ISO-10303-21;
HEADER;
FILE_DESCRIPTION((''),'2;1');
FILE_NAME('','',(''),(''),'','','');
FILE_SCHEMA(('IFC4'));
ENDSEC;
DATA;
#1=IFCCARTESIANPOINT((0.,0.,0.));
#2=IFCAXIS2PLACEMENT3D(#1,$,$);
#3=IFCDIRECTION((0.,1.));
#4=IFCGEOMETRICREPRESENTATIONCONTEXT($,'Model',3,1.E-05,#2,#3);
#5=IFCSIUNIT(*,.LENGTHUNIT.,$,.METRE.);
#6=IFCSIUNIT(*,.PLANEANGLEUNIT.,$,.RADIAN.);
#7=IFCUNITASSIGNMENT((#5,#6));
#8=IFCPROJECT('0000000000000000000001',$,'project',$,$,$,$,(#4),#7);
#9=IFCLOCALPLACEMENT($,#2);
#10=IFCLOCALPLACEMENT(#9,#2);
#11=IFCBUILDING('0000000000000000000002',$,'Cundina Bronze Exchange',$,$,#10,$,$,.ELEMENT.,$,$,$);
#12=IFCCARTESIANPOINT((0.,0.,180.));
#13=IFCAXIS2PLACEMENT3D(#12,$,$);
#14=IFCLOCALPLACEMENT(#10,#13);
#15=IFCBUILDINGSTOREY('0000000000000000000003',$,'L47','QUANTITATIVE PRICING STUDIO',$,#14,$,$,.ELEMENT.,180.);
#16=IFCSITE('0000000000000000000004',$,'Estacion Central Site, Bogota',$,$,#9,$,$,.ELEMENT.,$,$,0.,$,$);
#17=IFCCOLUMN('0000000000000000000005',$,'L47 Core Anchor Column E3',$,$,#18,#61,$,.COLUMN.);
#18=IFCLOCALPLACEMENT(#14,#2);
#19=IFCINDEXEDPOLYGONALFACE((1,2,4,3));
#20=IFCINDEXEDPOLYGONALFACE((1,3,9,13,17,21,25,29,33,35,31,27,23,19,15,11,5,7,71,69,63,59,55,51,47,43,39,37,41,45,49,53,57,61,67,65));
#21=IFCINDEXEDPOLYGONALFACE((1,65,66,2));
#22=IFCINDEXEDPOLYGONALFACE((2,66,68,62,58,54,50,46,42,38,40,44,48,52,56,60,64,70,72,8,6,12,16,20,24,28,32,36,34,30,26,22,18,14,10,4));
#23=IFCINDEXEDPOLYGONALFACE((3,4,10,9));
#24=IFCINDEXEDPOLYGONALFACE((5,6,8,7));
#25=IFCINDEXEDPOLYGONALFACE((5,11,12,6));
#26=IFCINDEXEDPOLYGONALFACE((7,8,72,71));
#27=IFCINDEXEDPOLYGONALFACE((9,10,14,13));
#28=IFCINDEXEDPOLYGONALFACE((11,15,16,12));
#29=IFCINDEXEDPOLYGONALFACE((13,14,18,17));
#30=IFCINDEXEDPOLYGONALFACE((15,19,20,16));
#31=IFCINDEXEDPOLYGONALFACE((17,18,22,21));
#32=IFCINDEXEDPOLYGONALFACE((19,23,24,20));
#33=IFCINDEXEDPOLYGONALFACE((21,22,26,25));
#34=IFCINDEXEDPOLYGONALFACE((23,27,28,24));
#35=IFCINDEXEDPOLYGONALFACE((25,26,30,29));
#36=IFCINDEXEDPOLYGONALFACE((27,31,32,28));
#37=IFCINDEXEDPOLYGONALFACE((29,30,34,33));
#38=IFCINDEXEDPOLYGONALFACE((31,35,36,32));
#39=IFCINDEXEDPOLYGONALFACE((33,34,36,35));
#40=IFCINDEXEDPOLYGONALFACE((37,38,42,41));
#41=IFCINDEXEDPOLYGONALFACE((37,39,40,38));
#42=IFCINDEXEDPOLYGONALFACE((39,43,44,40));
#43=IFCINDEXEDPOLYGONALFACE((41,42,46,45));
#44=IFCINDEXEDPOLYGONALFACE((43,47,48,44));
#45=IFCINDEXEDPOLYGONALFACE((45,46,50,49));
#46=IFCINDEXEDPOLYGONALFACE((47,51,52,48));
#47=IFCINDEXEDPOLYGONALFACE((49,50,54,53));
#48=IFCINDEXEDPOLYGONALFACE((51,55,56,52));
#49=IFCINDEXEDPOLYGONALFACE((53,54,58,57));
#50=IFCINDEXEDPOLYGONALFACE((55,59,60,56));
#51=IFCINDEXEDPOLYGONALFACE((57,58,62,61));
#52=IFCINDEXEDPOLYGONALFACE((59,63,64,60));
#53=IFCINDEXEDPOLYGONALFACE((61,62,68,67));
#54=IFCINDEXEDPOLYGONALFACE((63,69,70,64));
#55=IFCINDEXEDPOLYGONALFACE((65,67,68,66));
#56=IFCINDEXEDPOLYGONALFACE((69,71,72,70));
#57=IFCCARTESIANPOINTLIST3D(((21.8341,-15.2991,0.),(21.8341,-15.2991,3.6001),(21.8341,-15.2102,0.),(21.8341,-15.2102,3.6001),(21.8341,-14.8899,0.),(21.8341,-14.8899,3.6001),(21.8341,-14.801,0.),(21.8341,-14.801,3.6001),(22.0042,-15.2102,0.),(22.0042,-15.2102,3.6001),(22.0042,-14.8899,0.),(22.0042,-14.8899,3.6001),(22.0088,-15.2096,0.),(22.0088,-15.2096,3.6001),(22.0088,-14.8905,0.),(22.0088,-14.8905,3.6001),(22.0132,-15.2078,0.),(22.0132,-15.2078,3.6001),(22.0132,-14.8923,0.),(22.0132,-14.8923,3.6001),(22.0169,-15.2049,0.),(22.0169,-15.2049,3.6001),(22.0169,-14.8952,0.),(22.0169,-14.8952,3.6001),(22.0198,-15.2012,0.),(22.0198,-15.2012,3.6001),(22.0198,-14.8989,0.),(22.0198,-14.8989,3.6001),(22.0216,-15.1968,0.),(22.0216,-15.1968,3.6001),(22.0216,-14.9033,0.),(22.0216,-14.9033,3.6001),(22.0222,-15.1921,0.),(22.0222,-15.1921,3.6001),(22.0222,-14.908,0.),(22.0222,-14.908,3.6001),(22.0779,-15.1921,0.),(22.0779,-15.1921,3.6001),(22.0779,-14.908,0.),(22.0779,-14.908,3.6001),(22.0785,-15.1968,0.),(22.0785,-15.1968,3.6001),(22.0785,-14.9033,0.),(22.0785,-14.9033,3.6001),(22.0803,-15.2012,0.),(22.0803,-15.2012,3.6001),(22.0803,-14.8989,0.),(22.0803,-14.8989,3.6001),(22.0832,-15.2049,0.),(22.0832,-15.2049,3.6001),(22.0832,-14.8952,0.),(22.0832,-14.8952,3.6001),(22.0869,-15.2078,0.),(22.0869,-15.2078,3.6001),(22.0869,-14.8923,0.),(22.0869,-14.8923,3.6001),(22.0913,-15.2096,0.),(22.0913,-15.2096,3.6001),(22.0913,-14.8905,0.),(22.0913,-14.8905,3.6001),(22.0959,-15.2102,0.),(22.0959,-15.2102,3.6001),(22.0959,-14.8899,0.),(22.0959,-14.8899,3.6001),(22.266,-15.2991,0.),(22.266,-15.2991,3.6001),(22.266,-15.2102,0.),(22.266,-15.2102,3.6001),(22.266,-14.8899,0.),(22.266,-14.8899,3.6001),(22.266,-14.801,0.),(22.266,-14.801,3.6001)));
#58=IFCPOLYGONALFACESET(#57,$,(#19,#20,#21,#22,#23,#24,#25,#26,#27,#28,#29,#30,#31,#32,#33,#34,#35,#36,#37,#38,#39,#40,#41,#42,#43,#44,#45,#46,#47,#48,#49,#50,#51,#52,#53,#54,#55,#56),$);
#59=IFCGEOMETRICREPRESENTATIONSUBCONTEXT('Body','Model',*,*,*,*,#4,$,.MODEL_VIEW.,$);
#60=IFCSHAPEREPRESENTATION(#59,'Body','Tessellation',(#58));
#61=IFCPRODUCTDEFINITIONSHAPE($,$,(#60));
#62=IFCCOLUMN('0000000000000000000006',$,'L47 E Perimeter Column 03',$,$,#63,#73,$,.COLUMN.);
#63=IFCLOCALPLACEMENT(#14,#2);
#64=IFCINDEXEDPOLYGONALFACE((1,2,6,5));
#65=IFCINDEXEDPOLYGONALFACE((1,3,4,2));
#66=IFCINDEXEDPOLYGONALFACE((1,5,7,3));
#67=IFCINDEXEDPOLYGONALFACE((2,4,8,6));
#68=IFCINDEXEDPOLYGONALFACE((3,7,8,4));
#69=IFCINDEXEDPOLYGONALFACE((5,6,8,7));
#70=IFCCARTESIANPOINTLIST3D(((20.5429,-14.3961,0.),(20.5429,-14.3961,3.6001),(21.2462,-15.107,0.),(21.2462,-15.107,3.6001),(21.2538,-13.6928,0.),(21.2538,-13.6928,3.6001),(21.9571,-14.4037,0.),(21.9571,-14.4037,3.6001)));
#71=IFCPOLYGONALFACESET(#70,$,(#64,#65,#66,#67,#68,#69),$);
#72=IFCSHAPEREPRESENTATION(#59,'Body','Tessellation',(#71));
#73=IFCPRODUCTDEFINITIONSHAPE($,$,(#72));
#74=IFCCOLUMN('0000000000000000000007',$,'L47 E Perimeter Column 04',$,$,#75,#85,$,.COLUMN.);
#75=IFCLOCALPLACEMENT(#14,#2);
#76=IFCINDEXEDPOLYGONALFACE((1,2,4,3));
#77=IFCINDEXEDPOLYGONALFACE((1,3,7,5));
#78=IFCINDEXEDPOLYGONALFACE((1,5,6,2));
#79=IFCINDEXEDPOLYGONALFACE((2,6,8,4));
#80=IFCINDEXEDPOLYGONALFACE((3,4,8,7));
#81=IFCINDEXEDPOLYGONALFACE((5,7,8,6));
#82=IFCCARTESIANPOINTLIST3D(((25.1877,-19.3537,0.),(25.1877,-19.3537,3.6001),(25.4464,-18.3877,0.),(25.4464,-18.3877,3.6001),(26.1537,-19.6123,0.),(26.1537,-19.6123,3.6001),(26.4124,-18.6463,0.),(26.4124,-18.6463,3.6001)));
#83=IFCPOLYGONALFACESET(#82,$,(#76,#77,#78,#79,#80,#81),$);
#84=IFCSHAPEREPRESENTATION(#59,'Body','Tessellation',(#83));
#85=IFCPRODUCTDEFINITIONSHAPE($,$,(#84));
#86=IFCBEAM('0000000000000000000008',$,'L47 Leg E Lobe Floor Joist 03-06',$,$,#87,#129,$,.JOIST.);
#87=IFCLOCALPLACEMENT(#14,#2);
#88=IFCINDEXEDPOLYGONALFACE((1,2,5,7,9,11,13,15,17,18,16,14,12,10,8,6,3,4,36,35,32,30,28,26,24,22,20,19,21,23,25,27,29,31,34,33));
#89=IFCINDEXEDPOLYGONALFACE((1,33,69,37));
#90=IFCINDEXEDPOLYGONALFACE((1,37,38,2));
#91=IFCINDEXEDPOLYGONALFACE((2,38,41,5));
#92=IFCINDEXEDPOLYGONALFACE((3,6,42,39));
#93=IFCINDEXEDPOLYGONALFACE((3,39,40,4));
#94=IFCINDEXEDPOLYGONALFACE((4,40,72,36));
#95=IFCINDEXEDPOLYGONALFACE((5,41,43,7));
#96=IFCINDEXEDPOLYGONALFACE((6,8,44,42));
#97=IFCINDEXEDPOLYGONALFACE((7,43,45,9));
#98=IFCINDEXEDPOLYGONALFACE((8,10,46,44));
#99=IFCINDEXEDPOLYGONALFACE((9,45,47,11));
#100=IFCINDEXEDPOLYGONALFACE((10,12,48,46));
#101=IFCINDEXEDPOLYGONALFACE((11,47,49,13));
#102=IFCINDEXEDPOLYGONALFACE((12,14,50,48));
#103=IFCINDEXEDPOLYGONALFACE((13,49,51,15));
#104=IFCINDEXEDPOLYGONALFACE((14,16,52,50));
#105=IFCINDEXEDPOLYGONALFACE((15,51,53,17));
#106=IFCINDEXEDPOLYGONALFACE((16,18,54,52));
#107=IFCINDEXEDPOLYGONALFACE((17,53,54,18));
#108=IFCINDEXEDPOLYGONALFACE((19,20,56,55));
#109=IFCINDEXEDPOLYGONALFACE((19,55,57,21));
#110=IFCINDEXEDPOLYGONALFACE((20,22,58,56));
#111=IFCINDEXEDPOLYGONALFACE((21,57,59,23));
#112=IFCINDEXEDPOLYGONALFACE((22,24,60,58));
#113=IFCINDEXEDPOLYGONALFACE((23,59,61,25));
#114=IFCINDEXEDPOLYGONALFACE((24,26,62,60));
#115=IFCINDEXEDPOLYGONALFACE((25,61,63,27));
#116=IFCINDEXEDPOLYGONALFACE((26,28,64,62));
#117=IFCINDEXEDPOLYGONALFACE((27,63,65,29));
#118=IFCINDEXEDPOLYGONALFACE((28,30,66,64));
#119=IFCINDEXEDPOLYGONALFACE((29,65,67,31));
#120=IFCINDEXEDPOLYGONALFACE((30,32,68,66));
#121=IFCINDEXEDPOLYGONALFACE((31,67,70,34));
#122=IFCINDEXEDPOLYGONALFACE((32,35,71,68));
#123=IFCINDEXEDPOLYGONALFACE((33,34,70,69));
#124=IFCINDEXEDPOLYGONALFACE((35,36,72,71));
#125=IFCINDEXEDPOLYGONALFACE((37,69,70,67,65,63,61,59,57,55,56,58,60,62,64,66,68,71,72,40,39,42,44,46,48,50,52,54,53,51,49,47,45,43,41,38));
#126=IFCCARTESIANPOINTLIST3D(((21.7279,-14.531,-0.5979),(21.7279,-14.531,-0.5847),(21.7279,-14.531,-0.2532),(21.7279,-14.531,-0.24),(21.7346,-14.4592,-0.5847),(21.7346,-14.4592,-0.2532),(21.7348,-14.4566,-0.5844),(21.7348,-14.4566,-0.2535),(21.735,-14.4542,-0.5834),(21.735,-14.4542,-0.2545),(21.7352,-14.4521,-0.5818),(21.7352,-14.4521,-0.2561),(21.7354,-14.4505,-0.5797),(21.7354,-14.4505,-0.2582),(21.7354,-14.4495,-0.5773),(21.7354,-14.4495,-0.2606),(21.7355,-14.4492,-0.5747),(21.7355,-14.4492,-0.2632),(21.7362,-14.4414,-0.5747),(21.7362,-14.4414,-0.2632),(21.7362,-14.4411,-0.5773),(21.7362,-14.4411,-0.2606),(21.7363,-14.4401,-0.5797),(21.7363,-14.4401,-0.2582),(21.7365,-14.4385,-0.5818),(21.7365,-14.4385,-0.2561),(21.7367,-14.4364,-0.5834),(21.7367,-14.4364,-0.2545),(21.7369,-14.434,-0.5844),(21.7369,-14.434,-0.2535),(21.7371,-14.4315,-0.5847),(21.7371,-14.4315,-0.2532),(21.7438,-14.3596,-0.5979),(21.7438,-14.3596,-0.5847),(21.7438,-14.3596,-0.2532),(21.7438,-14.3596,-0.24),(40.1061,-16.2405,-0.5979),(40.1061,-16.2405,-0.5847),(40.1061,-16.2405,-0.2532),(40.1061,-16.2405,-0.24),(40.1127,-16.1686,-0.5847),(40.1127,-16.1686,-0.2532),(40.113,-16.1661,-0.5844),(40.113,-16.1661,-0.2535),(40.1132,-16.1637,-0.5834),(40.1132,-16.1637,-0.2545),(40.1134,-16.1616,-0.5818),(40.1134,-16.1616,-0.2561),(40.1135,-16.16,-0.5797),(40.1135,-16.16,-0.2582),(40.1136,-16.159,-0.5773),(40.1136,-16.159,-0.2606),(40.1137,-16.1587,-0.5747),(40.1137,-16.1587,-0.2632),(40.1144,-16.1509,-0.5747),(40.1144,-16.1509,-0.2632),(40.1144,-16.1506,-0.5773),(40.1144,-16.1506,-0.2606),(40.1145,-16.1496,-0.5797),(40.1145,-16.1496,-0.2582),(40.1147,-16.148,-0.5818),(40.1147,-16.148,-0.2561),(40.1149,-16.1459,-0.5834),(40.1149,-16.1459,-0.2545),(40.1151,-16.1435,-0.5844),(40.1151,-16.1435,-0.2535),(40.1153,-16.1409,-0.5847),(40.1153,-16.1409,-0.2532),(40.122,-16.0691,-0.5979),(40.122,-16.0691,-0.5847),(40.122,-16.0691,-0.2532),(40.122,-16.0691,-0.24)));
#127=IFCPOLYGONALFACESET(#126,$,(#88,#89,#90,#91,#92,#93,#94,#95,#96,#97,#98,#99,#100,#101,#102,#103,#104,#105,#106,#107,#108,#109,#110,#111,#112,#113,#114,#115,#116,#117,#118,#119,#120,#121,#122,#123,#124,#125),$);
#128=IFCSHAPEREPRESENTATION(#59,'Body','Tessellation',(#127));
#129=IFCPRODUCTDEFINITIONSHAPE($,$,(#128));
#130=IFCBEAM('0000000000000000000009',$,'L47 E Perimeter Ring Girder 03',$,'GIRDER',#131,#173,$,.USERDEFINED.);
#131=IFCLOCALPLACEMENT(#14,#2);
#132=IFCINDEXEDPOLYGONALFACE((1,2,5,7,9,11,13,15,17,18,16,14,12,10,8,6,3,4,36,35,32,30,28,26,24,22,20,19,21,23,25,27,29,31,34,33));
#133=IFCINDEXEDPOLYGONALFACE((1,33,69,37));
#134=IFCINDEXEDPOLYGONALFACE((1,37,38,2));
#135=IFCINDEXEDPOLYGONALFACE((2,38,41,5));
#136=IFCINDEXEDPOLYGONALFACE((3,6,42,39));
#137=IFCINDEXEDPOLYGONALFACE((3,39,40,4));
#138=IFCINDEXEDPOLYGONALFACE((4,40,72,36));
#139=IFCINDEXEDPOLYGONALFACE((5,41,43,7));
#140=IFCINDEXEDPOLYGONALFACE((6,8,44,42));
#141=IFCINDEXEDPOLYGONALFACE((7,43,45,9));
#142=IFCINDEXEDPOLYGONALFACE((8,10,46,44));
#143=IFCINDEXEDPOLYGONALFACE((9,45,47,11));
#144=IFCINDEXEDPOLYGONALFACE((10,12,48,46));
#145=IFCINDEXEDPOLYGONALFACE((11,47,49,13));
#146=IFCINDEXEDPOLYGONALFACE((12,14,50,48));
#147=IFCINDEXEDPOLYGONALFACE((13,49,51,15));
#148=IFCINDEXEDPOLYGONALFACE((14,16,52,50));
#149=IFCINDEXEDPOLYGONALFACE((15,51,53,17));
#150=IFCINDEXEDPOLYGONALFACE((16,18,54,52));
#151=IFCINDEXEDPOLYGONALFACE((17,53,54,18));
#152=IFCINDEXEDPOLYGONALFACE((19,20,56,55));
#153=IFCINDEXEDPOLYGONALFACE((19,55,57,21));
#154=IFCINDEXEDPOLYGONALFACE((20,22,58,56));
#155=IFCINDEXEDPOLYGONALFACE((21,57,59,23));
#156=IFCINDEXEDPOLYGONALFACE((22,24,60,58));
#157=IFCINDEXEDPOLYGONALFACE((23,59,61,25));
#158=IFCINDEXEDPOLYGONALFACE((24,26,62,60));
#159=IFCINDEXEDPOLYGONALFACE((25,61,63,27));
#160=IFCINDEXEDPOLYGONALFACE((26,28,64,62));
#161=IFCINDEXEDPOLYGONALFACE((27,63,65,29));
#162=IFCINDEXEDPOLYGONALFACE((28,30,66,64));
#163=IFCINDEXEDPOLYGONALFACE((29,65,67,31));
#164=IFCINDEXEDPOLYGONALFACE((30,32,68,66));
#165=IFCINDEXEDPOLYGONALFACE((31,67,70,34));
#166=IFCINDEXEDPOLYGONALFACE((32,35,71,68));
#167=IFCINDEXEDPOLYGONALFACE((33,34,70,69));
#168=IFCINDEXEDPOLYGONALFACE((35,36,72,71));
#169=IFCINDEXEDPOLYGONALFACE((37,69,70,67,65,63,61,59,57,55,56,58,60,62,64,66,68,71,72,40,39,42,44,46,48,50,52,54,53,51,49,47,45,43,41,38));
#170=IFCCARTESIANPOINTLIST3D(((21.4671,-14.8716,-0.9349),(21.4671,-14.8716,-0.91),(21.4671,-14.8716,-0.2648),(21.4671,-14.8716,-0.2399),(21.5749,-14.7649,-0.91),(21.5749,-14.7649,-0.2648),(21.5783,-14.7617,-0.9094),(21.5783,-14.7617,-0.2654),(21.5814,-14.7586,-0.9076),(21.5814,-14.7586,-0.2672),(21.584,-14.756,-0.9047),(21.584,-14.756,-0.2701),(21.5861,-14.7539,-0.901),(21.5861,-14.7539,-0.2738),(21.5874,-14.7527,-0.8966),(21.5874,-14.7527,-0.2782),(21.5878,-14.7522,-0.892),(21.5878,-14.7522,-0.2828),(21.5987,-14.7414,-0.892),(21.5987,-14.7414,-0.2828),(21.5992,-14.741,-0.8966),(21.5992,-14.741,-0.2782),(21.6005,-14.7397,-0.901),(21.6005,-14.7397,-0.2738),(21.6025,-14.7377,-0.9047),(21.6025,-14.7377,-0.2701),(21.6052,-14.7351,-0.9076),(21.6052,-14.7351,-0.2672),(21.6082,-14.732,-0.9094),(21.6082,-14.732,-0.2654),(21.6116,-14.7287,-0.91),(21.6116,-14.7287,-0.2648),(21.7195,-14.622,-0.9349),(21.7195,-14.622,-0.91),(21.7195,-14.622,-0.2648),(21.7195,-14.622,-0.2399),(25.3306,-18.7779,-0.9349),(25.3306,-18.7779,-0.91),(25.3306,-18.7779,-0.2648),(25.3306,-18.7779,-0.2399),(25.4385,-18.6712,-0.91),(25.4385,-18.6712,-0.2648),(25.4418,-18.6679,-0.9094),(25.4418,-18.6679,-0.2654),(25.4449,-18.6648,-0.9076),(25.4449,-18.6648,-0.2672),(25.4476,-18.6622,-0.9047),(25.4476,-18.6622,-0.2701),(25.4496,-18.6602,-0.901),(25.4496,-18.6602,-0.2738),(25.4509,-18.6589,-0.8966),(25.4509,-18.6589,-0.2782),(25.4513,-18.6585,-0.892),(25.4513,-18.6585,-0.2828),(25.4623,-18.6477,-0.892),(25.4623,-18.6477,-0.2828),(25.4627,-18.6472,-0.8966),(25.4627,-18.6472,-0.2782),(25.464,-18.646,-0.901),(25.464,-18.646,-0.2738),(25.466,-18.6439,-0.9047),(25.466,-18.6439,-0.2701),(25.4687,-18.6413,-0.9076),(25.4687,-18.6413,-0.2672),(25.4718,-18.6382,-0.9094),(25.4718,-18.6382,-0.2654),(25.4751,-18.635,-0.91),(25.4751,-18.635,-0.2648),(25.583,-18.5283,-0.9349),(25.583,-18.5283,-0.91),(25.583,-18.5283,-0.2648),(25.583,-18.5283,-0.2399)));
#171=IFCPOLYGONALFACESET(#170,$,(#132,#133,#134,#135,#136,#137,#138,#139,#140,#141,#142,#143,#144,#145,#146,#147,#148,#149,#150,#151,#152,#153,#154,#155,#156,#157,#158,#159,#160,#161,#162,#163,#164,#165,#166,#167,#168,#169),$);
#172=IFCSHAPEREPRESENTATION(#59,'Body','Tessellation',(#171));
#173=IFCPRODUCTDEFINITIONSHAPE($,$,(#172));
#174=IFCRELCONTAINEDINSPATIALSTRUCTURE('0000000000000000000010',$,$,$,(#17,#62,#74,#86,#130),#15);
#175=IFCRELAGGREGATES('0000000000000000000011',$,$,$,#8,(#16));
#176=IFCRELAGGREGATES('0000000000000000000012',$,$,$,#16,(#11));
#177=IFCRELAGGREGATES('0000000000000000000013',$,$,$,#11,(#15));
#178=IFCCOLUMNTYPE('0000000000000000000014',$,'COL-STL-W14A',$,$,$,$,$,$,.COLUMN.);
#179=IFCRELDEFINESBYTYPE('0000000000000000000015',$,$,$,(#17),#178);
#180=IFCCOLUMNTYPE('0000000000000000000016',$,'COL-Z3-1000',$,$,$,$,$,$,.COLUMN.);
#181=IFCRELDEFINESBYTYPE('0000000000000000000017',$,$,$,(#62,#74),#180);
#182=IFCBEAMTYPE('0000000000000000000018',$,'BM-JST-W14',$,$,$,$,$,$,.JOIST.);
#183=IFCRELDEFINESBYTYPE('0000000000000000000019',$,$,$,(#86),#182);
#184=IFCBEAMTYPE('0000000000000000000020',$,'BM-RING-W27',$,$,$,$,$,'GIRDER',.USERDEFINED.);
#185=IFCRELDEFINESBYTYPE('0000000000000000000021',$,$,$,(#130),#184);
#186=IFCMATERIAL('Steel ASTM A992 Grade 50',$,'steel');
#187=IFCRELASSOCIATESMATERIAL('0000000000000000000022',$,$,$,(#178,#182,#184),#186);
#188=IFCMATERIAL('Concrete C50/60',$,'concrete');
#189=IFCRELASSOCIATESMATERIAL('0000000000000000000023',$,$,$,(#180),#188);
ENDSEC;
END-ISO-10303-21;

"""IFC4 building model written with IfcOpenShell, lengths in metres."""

from ifc_helpers import new_model, si_unit, direction, frame, origin, origin_2d, place, context, subcontext, project, spatial, rectangle, i_section, extrude, material, material_profile, profile_set, type_object, element, save


model = new_model("IFC4")

# Units and contexts
model_context = context("Model", 3, precision=1e-05, world=origin(), true_north=direction((0.0, 1.0)))
body_context = subcontext(model_context, "Body", "Model", "MODEL_VIEW")
ifc_project = project(units=[si_unit("LENGTHUNIT", "METRE"), si_unit("PLANEANGLEUNIT", "RADIAN")], contexts=[model_context])

# Site, building, storey
site_placement = place(None, origin())
site = spatial("IfcSite", under=ifc_project, at=site_placement, Name="Estacion Central Site, Bogota", CompositionType="ELEMENT", RefElevation=0.0)
building_placement = place(site_placement, origin())
building = spatial("IfcBuilding", under=site, at=building_placement, Name="Cundina Bronze Exchange", CompositionType="ELEMENT")
storey_placement = place(building_placement, frame((0.0, 0.0, 180.0)))
storey = spatial("IfcBuildingStorey", under=building, at=storey_placement, Name="L47", Description="QUANTITATIVE PRICING STUDIO", CompositionType="ELEMENT", Elevation=180.0)

# Columns
ifc_material_1 = material(Name="Steel ASTM A992 Grade 50", Category="steel")
ifc_material_profile_1 = material_profile(ifc_material_1, i_section(OverallWidth=0.4319, OverallDepth=0.498, WebThickness=0.0557, FlangeThickness=0.0889, FilletRadius=0.0181, at=origin_2d()), Name="W14X500", Category="steel")
ifc_profile_set_1 = profile_set([ifc_material_profile_1], Name="Steel ASTM A992 Grade 50")
column_type_1 = type_object("IfcColumnType", Name="COL-STL-W14A", PredefinedType="COLUMN", material=ifc_profile_set_1)
column_placement = place(storey_placement, frame((22.05, -15.05, 0.0), z_axis=(0.0, 0.0, 1.0), x_axis=(1.0, 0.0, 0.0)))
element("IfcColumn", 1, at=column_placement, inside=storey, type_object=column_type_1, Name="L47 Core Anchor Column E3", PredefinedType="COLUMN", context=body_context, shape_type="SweptSolid", body=[
    extrude(i_section(OverallWidth=0.4319, OverallDepth=0.498, WebThickness=0.0557, FlangeThickness=0.0889, FilletRadius=0.0181, at=origin_2d()), origin(), (0.0, 0.0, 1.0), 3.6001),
])
ifc_material_2 = material(Name="Concrete C50/60", Category="concrete")
ifc_material_profile_2 = material_profile(ifc_material_2, rectangle(XDim=1.0, YDim=1.0, at=origin_2d()), Name="RC1000X1000", Category="concrete")
ifc_profile_set_2 = profile_set([ifc_material_profile_2], Name="Concrete C50/60")
column_type_2 = type_object("IfcColumnType", Name="COL-Z3-1000", PredefinedType="COLUMN", material=ifc_profile_set_2)
for number, where, z_axis, x_axis, name in (
    (2, (21.25, -14.3999, 0.0), (0.0, 0.0, 1.0), (0.703271, -0.710922, 0.0), "L47 E Perimeter Column 03"),
    (3, (25.8, -19.0, 0.0), (0.0, 0.0, 1.0), (0.965971, -0.25865, 0.0), "L47 E Perimeter Column 04"),
):
    element("IfcColumn", number, at=place(storey_placement, frame(where, z_axis=z_axis, x_axis=x_axis)), inside=storey, type_object=column_type_2, Name=name, PredefinedType="COLUMN", context=body_context, shape_type="SweptSolid", body=[
        extrude(rectangle(XDim=1.0, YDim=1.0, at=origin_2d()), origin(), (0.0, 0.0, 1.0), 3.6001),
    ])

# Beams
ifc_material_profile_3 = material_profile(ifc_material_1, i_section(OverallWidth=0.1721, OverallDepth=0.3579, WebThickness=0.0078, FlangeThickness=0.0132, FilletRadius=0.01, at=origin_2d()), Name="W14X38", Category="steel")
ifc_profile_set_3 = profile_set([ifc_material_profile_3], Name="Steel ASTM A992 Grade 50")
beam_type_1 = type_object("IfcBeamType", Name="BM-JST-W14", PredefinedType="JOIST", material=ifc_profile_set_3)
beam_1_placement = place(storey_placement, frame((21.7358, -14.4453, -0.4189), z_axis=(0.995702, -0.092617, 0.0), x_axis=(0.092617, 0.995702, 0.0)))
element("IfcBeam", 4, at=beam_1_placement, inside=storey, type_object=beam_type_1, Name="L47 Leg E Lobe Floor Joist 03-06", PredefinedType="JOIST", context=body_context, shape_type="SweptSolid", body=[
    extrude(i_section(OverallWidth=0.1721, OverallDepth=0.3579, WebThickness=0.0078, FlangeThickness=0.0132, FilletRadius=0.01, at=origin_2d()), origin(), (0.0, 0.0, 1.0), 18.4575),
])
ifc_material_profile_4 = material_profile(ifc_material_1, i_section(OverallWidth=0.355, OverallDepth=0.6951, WebThickness=0.0154, FlangeThickness=0.0249, FilletRadius=0.0181, at=origin_2d()), Name="W27X146", Category="steel")
ifc_profile_set_4 = profile_set([ifc_material_profile_4], Name="Steel ASTM A992 Grade 50")
beam_type_2 = type_object("IfcBeamType", Name="BM-RING-W27", ElementType="GIRDER", PredefinedType="USERDEFINED", material=ifc_profile_set_4)
beam_2_placement = place(storey_placement, frame((21.5933, -14.7468, -0.5874), z_axis=(0.703208, -0.710984, 0.0), x_axis=(0.710984, 0.703208, 0.0)))
element("IfcBeam", 5, at=beam_2_placement, inside=storey, type_object=beam_type_2, Name="L47 E Perimeter Ring Girder 03", ObjectType="GIRDER", PredefinedType="USERDEFINED", context=body_context, shape_type="SweptSolid", body=[
    extrude(i_section(OverallWidth=0.355, OverallDepth=0.6951, WebThickness=0.0154, FlangeThickness=0.0249, FilletRadius=0.0181, at=origin_2d()), origin(), (0.0, 0.0, 1.0), 5.4941),
])

save(model, "model.ifc")
